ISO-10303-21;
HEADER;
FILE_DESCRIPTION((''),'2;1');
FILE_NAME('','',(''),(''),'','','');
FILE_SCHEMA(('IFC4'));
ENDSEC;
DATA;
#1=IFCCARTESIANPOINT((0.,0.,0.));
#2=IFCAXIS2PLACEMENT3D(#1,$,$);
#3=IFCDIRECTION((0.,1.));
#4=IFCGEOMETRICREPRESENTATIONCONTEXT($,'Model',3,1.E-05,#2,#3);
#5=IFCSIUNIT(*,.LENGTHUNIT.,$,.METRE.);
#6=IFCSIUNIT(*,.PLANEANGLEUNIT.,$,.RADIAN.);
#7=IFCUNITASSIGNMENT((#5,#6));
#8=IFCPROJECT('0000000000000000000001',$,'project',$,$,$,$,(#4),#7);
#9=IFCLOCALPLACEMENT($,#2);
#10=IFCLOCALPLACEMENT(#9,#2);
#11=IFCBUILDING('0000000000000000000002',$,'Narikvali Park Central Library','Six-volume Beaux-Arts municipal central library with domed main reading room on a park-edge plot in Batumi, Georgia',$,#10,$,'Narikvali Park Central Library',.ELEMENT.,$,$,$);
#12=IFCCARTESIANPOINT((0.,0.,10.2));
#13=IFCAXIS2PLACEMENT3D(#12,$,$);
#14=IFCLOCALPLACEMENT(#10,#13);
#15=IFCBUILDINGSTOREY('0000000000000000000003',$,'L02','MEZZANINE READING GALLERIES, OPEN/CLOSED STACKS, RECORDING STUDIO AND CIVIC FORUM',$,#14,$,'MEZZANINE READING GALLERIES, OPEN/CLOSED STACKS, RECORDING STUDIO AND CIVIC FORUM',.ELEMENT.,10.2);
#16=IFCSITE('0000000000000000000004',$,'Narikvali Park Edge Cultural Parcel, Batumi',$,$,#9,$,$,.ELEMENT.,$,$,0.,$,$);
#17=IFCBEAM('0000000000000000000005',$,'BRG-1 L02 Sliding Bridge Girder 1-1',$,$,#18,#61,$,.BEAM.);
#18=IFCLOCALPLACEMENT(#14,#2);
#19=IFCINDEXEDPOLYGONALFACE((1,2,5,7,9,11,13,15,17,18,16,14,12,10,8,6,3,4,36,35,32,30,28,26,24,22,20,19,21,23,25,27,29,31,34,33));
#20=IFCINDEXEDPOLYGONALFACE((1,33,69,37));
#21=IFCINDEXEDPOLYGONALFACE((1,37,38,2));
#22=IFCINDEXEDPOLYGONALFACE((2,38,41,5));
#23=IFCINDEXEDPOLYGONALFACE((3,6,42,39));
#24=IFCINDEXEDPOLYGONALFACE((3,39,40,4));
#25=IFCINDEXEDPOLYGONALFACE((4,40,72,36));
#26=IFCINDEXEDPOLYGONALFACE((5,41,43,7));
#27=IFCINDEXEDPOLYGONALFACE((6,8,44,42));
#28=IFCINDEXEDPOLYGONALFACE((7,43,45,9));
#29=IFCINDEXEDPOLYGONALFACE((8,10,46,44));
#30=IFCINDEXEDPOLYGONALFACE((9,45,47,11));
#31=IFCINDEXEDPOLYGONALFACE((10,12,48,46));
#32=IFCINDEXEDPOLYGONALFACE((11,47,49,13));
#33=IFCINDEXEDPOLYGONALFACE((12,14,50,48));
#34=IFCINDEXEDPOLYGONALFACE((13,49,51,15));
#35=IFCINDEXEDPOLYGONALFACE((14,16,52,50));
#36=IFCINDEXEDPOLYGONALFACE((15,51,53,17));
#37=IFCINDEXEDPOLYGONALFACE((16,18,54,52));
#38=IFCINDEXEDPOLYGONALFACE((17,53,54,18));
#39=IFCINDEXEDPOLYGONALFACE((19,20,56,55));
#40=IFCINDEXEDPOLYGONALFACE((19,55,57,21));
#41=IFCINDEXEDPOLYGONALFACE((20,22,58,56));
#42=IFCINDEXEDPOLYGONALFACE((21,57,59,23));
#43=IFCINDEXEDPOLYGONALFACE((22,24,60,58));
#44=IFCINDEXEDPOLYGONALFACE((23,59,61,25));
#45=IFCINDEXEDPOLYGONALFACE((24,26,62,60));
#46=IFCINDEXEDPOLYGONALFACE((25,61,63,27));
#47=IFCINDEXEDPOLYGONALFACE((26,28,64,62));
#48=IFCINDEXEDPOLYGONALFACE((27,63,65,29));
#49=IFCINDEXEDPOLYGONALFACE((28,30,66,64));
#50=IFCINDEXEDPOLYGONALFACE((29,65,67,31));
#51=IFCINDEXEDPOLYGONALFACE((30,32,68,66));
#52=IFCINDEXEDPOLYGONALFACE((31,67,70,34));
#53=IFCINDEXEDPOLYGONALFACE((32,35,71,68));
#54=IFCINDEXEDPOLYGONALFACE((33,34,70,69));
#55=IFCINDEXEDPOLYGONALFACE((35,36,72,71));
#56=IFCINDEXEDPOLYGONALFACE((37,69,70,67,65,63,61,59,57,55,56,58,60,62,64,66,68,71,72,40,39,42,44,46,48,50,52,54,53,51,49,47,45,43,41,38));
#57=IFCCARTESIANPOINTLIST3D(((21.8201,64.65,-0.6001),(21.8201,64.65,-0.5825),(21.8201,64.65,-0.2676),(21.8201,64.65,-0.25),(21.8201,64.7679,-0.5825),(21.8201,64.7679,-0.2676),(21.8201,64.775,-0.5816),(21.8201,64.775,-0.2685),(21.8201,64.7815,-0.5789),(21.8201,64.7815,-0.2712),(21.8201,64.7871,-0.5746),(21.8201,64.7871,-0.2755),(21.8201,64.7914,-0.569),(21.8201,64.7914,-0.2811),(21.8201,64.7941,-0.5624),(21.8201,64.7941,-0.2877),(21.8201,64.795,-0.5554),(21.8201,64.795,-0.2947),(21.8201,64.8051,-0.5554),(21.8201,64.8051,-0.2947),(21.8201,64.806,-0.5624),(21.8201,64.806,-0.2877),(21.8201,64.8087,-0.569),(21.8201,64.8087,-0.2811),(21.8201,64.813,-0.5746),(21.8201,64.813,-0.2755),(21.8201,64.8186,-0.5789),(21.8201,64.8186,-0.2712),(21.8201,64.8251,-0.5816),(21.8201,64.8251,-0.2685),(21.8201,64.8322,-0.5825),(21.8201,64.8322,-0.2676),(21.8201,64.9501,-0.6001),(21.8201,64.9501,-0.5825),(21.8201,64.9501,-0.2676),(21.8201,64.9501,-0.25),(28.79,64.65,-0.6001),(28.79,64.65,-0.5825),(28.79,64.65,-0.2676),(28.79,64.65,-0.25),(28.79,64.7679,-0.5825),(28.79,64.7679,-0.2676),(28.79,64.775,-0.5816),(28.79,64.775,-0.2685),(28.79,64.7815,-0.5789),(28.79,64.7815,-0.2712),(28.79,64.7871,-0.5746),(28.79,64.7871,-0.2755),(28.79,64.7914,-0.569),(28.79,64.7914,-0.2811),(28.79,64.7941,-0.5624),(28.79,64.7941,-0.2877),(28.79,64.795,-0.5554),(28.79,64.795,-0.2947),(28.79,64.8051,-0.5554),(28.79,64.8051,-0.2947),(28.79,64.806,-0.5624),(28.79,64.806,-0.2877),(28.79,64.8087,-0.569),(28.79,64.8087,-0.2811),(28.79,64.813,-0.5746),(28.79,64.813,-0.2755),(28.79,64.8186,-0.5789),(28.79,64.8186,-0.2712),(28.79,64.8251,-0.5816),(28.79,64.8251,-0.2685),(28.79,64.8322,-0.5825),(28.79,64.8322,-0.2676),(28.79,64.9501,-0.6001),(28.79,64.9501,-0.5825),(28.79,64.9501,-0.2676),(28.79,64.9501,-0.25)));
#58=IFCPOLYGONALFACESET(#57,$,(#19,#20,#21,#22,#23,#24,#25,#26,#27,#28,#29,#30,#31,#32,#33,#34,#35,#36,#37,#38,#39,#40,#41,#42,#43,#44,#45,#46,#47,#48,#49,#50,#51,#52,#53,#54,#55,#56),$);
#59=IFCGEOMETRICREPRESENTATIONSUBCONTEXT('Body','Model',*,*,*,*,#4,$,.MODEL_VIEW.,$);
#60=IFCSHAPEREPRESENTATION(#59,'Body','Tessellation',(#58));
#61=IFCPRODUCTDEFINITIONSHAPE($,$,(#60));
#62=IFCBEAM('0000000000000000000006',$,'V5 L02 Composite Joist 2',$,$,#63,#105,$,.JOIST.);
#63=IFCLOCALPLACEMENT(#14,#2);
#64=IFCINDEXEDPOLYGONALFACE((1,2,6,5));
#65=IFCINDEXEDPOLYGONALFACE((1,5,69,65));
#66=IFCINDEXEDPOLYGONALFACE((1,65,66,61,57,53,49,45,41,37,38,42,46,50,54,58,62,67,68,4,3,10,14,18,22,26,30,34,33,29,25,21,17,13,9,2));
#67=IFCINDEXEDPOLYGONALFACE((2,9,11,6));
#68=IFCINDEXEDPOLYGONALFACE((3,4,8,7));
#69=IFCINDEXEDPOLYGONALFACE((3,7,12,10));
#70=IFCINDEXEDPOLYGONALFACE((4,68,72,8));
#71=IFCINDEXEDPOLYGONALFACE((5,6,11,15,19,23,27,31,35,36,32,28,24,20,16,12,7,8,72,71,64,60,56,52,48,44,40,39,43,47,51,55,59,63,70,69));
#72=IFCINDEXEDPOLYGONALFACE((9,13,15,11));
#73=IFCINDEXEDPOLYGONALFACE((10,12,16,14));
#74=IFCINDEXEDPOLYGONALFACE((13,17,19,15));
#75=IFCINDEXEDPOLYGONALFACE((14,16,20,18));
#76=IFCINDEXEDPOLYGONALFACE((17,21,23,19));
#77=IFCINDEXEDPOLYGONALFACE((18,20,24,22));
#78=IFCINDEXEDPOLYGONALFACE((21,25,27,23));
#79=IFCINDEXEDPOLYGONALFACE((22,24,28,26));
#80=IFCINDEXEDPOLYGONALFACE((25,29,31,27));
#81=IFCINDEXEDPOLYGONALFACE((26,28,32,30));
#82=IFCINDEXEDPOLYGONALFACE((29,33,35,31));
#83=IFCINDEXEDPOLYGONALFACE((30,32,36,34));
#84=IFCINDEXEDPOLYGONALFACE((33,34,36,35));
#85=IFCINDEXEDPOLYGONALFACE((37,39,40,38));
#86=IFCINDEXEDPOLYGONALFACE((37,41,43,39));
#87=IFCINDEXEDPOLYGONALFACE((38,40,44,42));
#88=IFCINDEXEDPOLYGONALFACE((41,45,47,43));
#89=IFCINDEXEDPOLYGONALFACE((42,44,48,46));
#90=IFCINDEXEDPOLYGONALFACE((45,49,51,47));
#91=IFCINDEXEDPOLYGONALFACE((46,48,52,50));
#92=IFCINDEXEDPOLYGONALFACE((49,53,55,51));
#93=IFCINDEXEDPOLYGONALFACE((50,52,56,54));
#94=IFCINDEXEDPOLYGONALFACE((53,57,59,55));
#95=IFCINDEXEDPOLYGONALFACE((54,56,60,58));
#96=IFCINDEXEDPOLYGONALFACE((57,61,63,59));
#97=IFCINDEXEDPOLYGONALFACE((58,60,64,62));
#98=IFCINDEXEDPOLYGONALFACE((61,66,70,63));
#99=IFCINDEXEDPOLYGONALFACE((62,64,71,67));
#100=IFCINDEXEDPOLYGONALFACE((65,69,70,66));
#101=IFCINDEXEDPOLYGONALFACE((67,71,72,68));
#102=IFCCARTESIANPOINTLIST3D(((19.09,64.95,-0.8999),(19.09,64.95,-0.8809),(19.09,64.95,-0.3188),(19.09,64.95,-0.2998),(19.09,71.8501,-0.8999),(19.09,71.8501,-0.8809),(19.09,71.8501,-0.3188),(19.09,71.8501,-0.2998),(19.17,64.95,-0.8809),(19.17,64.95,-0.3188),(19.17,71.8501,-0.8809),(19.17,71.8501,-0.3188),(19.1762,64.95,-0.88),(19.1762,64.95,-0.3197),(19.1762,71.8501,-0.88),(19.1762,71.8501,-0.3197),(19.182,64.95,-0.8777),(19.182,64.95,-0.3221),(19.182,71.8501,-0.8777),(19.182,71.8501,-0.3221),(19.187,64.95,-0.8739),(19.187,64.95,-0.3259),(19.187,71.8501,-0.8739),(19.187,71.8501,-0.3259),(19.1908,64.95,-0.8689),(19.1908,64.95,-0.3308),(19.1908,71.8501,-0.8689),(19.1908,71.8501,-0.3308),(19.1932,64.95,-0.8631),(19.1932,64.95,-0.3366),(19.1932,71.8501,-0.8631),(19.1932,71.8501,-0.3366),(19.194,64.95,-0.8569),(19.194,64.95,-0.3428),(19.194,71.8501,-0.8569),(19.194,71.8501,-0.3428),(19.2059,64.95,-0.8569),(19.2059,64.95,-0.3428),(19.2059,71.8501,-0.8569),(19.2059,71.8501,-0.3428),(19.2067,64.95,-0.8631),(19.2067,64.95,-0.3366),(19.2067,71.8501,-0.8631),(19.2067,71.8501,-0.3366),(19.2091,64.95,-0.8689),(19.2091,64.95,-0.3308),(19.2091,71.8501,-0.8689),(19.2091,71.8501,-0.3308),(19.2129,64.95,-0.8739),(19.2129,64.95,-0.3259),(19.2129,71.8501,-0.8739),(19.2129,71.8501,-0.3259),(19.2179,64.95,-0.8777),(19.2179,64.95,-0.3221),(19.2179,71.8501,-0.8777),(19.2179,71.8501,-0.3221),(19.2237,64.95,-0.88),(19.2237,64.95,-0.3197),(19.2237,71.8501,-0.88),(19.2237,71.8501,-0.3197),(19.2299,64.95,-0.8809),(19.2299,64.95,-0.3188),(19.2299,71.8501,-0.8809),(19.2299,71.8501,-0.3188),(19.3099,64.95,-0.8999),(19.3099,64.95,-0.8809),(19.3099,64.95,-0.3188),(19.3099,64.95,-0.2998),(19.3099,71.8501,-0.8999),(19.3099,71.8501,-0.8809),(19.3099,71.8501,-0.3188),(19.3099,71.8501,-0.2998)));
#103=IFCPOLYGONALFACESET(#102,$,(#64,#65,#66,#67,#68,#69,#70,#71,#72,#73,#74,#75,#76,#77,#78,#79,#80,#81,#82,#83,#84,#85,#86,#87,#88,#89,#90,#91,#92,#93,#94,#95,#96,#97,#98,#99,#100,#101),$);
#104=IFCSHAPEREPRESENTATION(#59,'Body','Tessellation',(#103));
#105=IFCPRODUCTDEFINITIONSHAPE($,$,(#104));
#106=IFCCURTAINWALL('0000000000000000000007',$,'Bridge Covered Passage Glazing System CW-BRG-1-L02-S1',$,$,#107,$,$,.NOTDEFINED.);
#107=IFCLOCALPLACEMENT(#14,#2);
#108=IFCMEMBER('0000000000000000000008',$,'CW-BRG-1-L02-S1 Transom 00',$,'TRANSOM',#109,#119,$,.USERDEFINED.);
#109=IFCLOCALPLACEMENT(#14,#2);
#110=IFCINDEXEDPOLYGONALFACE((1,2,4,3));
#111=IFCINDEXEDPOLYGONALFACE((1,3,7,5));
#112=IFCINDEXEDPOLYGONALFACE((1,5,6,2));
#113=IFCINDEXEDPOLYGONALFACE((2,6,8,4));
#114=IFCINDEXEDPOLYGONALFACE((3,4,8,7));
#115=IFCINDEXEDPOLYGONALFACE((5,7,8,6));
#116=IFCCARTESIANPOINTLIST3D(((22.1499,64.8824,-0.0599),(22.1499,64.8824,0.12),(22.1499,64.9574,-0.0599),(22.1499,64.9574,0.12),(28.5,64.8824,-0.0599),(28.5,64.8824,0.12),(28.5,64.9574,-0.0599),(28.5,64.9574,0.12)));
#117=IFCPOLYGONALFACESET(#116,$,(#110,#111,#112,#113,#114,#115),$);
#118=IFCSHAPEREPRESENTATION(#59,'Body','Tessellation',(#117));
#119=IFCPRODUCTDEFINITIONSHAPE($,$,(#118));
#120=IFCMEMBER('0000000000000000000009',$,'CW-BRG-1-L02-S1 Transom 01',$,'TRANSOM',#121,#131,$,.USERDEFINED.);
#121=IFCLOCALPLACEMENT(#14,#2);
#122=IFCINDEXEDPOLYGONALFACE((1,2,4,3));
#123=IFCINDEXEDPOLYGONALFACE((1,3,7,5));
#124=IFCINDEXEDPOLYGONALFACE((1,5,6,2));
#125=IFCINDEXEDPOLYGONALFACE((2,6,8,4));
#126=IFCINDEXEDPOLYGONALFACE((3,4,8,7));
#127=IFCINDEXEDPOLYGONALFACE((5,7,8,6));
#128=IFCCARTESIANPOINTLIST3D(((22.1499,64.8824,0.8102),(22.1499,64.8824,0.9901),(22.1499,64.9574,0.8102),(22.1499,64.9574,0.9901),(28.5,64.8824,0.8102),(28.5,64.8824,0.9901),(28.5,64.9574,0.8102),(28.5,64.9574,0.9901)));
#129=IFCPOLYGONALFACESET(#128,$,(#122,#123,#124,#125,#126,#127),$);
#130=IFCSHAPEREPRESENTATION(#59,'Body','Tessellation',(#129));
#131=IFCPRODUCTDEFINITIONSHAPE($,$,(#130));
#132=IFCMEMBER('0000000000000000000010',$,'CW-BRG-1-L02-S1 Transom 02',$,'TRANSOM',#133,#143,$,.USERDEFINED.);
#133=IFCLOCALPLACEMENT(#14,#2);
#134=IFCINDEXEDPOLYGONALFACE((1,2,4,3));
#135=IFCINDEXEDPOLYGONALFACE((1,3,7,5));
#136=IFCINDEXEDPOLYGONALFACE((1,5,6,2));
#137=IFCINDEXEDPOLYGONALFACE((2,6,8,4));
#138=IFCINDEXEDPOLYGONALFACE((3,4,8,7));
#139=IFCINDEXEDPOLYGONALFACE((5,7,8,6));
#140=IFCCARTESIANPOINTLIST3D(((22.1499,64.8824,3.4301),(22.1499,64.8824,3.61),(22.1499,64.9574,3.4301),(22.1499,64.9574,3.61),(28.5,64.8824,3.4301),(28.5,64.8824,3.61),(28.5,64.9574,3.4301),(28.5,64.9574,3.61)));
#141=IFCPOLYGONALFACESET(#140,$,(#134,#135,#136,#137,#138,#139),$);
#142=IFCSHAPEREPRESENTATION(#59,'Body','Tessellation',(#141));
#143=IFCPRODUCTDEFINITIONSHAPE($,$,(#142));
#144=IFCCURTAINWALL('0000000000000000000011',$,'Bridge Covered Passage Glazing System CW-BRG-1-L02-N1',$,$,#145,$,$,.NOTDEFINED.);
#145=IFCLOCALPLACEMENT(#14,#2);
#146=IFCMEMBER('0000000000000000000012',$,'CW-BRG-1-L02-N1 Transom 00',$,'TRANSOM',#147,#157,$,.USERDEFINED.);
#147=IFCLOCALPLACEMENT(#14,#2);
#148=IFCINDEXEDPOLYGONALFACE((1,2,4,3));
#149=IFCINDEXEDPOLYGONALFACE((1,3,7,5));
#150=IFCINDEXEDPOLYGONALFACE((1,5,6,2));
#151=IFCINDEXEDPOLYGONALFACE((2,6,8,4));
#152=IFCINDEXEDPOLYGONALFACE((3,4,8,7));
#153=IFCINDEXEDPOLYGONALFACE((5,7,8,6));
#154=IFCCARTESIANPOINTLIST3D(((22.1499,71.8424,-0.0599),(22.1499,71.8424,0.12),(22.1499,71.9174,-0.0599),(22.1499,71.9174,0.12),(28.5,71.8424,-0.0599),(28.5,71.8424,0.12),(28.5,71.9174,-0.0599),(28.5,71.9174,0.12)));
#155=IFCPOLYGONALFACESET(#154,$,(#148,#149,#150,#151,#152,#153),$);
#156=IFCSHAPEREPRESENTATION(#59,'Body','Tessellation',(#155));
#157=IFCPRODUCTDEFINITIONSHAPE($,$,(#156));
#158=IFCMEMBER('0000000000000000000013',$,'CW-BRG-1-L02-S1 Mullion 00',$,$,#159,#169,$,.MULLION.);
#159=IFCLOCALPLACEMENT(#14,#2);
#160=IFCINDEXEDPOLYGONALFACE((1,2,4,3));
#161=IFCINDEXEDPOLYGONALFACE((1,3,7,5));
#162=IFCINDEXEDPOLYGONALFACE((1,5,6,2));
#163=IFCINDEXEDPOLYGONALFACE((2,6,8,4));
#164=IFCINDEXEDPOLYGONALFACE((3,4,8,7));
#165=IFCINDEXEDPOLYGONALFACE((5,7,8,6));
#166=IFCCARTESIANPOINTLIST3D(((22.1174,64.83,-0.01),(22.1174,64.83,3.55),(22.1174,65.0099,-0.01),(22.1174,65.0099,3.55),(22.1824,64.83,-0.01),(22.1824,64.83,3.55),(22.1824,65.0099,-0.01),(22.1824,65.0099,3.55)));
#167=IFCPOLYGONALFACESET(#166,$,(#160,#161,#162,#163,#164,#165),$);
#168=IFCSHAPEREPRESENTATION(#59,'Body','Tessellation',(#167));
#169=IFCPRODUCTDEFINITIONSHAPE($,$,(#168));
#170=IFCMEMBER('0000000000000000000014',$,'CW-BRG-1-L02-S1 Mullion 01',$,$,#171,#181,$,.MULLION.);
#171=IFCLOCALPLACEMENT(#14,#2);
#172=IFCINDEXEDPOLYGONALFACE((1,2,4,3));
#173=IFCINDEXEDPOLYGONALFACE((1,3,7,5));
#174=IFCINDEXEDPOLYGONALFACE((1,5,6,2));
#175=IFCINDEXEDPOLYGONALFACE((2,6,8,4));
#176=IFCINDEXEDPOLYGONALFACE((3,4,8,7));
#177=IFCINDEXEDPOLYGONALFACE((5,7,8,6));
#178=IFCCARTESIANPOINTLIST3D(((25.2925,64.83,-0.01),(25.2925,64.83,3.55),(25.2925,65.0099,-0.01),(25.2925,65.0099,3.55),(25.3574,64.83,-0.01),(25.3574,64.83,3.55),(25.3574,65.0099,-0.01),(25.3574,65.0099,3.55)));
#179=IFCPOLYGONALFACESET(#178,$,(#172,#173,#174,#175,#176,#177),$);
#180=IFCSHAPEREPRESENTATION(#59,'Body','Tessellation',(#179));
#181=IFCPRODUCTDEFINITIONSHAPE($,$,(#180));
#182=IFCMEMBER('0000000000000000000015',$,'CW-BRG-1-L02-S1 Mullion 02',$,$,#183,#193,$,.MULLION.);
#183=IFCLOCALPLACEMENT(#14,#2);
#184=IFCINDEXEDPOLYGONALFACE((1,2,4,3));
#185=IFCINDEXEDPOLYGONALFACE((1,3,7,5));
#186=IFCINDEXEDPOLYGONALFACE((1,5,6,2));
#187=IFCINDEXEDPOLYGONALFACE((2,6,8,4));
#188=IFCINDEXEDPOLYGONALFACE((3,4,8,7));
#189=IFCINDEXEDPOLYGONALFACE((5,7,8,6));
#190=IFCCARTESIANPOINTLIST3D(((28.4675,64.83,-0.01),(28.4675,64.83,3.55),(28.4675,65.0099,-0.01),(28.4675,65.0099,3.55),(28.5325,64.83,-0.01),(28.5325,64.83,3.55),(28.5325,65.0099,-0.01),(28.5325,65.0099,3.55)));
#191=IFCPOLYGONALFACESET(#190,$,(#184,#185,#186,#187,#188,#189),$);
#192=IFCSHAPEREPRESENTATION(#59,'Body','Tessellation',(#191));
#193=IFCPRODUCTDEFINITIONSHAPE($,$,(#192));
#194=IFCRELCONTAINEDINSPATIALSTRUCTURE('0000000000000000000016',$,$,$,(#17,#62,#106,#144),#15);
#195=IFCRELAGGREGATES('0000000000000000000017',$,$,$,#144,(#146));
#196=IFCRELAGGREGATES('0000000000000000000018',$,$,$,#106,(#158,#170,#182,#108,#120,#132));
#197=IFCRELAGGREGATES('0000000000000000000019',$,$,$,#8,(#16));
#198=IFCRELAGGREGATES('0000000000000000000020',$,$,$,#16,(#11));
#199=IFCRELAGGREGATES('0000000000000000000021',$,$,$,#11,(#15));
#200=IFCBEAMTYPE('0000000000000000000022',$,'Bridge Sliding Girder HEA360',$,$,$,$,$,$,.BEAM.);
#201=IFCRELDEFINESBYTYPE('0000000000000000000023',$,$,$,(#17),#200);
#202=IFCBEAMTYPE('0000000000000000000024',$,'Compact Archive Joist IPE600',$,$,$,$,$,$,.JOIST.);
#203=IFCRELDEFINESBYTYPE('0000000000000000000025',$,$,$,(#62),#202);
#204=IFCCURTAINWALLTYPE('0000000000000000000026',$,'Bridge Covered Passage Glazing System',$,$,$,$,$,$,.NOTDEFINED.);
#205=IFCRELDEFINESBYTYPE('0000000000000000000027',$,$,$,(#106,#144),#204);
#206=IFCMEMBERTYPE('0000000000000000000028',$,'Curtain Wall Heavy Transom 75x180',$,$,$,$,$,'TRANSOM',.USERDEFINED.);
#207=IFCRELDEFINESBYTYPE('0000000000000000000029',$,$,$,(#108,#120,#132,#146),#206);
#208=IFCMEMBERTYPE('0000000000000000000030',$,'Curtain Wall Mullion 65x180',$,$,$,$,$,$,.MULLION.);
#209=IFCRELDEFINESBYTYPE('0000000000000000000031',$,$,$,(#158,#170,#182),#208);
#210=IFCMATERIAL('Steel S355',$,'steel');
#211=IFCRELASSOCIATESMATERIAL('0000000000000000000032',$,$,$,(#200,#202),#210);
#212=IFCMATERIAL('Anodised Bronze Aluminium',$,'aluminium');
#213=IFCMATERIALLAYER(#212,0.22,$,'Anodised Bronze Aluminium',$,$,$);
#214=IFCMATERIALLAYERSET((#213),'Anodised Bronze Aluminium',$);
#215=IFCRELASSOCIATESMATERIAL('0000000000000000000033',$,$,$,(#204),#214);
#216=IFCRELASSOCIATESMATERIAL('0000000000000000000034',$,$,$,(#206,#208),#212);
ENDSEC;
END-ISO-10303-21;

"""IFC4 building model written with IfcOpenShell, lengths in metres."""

from ifc_helpers import new_model, si_unit, direction, frame, origin, origin_2d, place, context, subcontext, project, spatial, rectangle, i_section, extrude, material, layer, layer_set, material_profile, profile_set, type_object, element, aggregate, save


model = new_model("IFC4")

# Units and contexts
model_context = context("Model", 3, precision=1e-05, world=origin(), true_north=direction((0.0, 1.0)))
body_context = subcontext(model_context, "Body", "Model", "MODEL_VIEW")
ifc_project = project(units=[si_unit("LENGTHUNIT", "METRE"), si_unit("PLANEANGLEUNIT", "RADIAN")], contexts=[model_context])

# Site, building, storey
site_placement = place(None, origin())
site = spatial("IfcSite", under=ifc_project, at=site_placement, Name="Narikvali Park Edge Cultural Parcel, Batumi", CompositionType="ELEMENT", RefElevation=0.0)
building_placement = place(site_placement, origin())
building = spatial("IfcBuilding", under=site, at=building_placement, Name="Narikvali Park Central Library", Description="Six-volume Beaux-Arts municipal central library with domed main reading room on a park-edge plot in Batumi, Georgia", LongName="Narikvali Park Central Library", CompositionType="ELEMENT")
storey_placement = place(building_placement, frame((0.0, 0.0, 10.2)))
storey = spatial("IfcBuildingStorey", under=building, at=storey_placement, Name="L02", Description="MEZZANINE READING GALLERIES, OPEN/CLOSED STACKS, RECORDING STUDIO AND CIVIC FORUM", LongName="MEZZANINE READING GALLERIES, OPEN/CLOSED STACKS, RECORDING STUDIO AND CIVIC FORUM", CompositionType="ELEMENT", Elevation=10.2)

# Shared definitions
ifc_material_1 = material(Name="Steel S355", Category="steel")

# Beams
ifc_material_profile_1 = material_profile(ifc_material_1, i_section(OverallWidth=0.3, OverallDepth=0.3501, WebThickness=0.01, FlangeThickness=0.0176, FilletRadius=0.0271, at=origin_2d()), Name="HEA 360")
ifc_profile_set_1 = profile_set([ifc_material_profile_1], Name="Steel S355")
beam_type_1 = type_object("IfcBeamType", Name="Bridge Sliding Girder HEA360", PredefinedType="BEAM", material=ifc_profile_set_1)
beam_1_placement = place(storey_placement, frame((21.8201, 64.8, -0.425), z_axis=(1.0, 0.0, 0.0), x_axis=(0.0, 1.0, 0.0)))
element("IfcBeam", 1, at=beam_1_placement, inside=storey, type_object=beam_type_1, Name="BRG-1 L02 Sliding Bridge Girder 1-1", PredefinedType="BEAM", context=body_context, shape_type="SweptSolid", body=[
    extrude(i_section(OverallWidth=0.3, OverallDepth=0.3501, WebThickness=0.01, FlangeThickness=0.0176, FilletRadius=0.0271, at=origin_2d()), origin(), (0.0, 0.0, 1.0), 6.97),
])
ifc_material_profile_2 = material_profile(ifc_material_1, i_section(OverallWidth=0.22, OverallDepth=0.6001, WebThickness=0.012, FlangeThickness=0.019, FilletRadius=0.0239, at=origin_2d()), Name="IPE 600")
ifc_profile_set_2 = profile_set([ifc_material_profile_2], Name="Steel S355")
beam_type_2 = type_object("IfcBeamType", Name="Compact Archive Joist IPE600", PredefinedType="JOIST", material=ifc_profile_set_2)
beam_2_placement = place(storey_placement, frame((19.2, 64.95, -0.5999), z_axis=(0.0, 1.0, 0.0), x_axis=(-1.0, 0.0, 0.0)))
element("IfcBeam", 2, at=beam_2_placement, inside=storey, type_object=beam_type_2, Name="V5 L02 Composite Joist 2", PredefinedType="JOIST", context=body_context, shape_type="SweptSolid", body=[
    extrude(i_section(OverallWidth=0.22, OverallDepth=0.6001, WebThickness=0.012, FlangeThickness=0.019, FilletRadius=0.0239, at=origin_2d()), origin(), (0.0, 0.0, 1.0), 6.9001),
])

# Curtain wall, members
ifc_material_2 = material(Name="Anodised Bronze Aluminium", Category="aluminium")
ifc_layer_1 = layer(ifc_material_2, 0.22, Name="Anodised Bronze Aluminium")
ifc_layer_set_1 = layer_set([ifc_layer_1], Name="Anodised Bronze Aluminium")
curtain_wall_type = type_object("IfcCurtainWallType", Name="Bridge Covered Passage Glazing System", PredefinedType="NOTDEFINED", material=ifc_layer_set_1)
curtain_wall_1_placement = place(storey_placement, origin())
curtain_wall_1 = element("IfcCurtainWall", 3, at=curtain_wall_1_placement, inside=storey, type_object=curtain_wall_type, Name="Bridge Covered Passage Glazing System CW-BRG-1-L02-S1", PredefinedType="NOTDEFINED")
ifc_material_profile_3 = material_profile(ifc_material_2, rectangle(XDim=0.075, YDim=0.1799, at=origin_2d()), Name="CW TRANSOM 75x180")
ifc_profile_set_3 = profile_set([ifc_material_profile_3], Name="Anodised Bronze Aluminium")
member_type_1 = type_object("IfcMemberType", Name="Curtain Wall Heavy Transom 75x180", ElementType="TRANSOM", PredefinedType="USERDEFINED", material=ifc_profile_set_3)
member_1_placement = place(storey_placement, frame((22.1499, 64.9199, 0.03), z_axis=(1.0, 0.0, 0.0), x_axis=(0.0, 1.0, 0.0)))
member_1 = element("IfcMember", 4, at=member_1_placement, type_object=member_type_1, Name="CW-BRG-1-L02-S1 Transom 00", ObjectType="TRANSOM", PredefinedType="USERDEFINED", context=body_context, shape_type="SweptSolid", body=[
    extrude(rectangle(XDim=0.075, YDim=0.1799, at=origin_2d()), origin(), (0.0, 0.0, 1.0), 6.3501),
])
member_2_placement = place(storey_placement, frame((22.1499, 64.9199, 0.9001), z_axis=(1.0, 0.0, 0.0), x_axis=(0.0, 1.0, 0.0)))
member_2 = element("IfcMember", 5, at=member_2_placement, type_object=member_type_1, Name="CW-BRG-1-L02-S1 Transom 01", ObjectType="TRANSOM", PredefinedType="USERDEFINED", context=body_context, shape_type="SweptSolid", body=[
    extrude(rectangle(XDim=0.075, YDim=0.1799, at=origin_2d()), origin(), (0.0, 0.0, 1.0), 6.3501),
])
member_3_placement = place(storey_placement, frame((22.1499, 64.9199, 3.52), z_axis=(1.0, 0.0, 0.0), x_axis=(0.0, 1.0, 0.0)))
member_3 = element("IfcMember", 6, at=member_3_placement, type_object=member_type_1, Name="CW-BRG-1-L02-S1 Transom 02", ObjectType="TRANSOM", PredefinedType="USERDEFINED", context=body_context, shape_type="SweptSolid", body=[
    extrude(rectangle(XDim=0.075, YDim=0.1799, at=origin_2d()), origin(), (0.0, 0.0, 1.0), 6.3501),
])

# Curtain wall, member
curtain_wall_2_placement = place(storey_placement, origin())
curtain_wall_2 = element("IfcCurtainWall", 7, at=curtain_wall_2_placement, inside=storey, type_object=curtain_wall_type, Name="Bridge Covered Passage Glazing System CW-BRG-1-L02-N1", PredefinedType="NOTDEFINED")
member_4_placement = place(storey_placement, frame((22.1499, 71.8799, 0.03), z_axis=(1.0, 0.0, 0.0), x_axis=(0.0, 1.0, 0.0)))
member_4 = element("IfcMember", 8, at=member_4_placement, type_object=member_type_1, Name="CW-BRG-1-L02-N1 Transom 00", ObjectType="TRANSOM", PredefinedType="USERDEFINED", context=body_context, shape_type="SweptSolid", body=[
    extrude(rectangle(XDim=0.075, YDim=0.1799, at=origin_2d()), origin(), (0.0, 0.0, 1.0), 6.3501),
])

# Members
ifc_material_profile_4 = material_profile(ifc_material_2, rectangle(XDim=0.0649, YDim=0.1799, at=origin_2d()), Name="CW MULLION 65x180")
ifc_profile_set_4 = profile_set([ifc_material_profile_4], Name="Anodised Bronze Aluminium")
member_type_2 = type_object("IfcMemberType", Name="Curtain Wall Mullion 65x180", PredefinedType="MULLION", material=ifc_profile_set_4)
member_5_placement = place(storey_placement, frame((22.1499, 64.9199, -0.01), z_axis=(0.0, 0.0, 1.0), x_axis=(1.0, 0.0, 0.0)))
member_5 = element("IfcMember", 9, at=member_5_placement, type_object=member_type_2, Name="CW-BRG-1-L02-S1 Mullion 00", PredefinedType="MULLION", context=body_context, shape_type="SweptSolid", body=[
    extrude(rectangle(XDim=0.0649, YDim=0.1799, at=origin_2d()), origin(), (0.0, 0.0, 1.0), 3.5601),
])
member_6_placement = place(storey_placement, frame((25.325, 64.9199, -0.01), z_axis=(0.0, 0.0, 1.0), x_axis=(1.0, 0.0, 0.0)))
member_6 = element("IfcMember", 10, at=member_6_placement, type_object=member_type_2, Name="CW-BRG-1-L02-S1 Mullion 01", PredefinedType="MULLION", context=body_context, shape_type="SweptSolid", body=[
    extrude(rectangle(XDim=0.0649, YDim=0.1799, at=origin_2d()), origin(), (0.0, 0.0, 1.0), 3.5601),
])
member_7_placement = place(storey_placement, frame((28.5, 64.9199, -0.01), z_axis=(0.0, 0.0, 1.0), x_axis=(1.0, 0.0, 0.0)))
member_7 = element("IfcMember", 11, at=member_7_placement, type_object=member_type_2, Name="CW-BRG-1-L02-S1 Mullion 02", PredefinedType="MULLION", context=body_context, shape_type="SweptSolid", body=[
    extrude(rectangle(XDim=0.0649, YDim=0.1799, at=origin_2d()), origin(), (0.0, 0.0, 1.0), 3.5601),
])
aggregate(curtain_wall_2, [member_4])

aggregate(curtain_wall_1, [member_5, member_6, member_7, member_1, member_2, member_3])

save(model, "model.ifc")
